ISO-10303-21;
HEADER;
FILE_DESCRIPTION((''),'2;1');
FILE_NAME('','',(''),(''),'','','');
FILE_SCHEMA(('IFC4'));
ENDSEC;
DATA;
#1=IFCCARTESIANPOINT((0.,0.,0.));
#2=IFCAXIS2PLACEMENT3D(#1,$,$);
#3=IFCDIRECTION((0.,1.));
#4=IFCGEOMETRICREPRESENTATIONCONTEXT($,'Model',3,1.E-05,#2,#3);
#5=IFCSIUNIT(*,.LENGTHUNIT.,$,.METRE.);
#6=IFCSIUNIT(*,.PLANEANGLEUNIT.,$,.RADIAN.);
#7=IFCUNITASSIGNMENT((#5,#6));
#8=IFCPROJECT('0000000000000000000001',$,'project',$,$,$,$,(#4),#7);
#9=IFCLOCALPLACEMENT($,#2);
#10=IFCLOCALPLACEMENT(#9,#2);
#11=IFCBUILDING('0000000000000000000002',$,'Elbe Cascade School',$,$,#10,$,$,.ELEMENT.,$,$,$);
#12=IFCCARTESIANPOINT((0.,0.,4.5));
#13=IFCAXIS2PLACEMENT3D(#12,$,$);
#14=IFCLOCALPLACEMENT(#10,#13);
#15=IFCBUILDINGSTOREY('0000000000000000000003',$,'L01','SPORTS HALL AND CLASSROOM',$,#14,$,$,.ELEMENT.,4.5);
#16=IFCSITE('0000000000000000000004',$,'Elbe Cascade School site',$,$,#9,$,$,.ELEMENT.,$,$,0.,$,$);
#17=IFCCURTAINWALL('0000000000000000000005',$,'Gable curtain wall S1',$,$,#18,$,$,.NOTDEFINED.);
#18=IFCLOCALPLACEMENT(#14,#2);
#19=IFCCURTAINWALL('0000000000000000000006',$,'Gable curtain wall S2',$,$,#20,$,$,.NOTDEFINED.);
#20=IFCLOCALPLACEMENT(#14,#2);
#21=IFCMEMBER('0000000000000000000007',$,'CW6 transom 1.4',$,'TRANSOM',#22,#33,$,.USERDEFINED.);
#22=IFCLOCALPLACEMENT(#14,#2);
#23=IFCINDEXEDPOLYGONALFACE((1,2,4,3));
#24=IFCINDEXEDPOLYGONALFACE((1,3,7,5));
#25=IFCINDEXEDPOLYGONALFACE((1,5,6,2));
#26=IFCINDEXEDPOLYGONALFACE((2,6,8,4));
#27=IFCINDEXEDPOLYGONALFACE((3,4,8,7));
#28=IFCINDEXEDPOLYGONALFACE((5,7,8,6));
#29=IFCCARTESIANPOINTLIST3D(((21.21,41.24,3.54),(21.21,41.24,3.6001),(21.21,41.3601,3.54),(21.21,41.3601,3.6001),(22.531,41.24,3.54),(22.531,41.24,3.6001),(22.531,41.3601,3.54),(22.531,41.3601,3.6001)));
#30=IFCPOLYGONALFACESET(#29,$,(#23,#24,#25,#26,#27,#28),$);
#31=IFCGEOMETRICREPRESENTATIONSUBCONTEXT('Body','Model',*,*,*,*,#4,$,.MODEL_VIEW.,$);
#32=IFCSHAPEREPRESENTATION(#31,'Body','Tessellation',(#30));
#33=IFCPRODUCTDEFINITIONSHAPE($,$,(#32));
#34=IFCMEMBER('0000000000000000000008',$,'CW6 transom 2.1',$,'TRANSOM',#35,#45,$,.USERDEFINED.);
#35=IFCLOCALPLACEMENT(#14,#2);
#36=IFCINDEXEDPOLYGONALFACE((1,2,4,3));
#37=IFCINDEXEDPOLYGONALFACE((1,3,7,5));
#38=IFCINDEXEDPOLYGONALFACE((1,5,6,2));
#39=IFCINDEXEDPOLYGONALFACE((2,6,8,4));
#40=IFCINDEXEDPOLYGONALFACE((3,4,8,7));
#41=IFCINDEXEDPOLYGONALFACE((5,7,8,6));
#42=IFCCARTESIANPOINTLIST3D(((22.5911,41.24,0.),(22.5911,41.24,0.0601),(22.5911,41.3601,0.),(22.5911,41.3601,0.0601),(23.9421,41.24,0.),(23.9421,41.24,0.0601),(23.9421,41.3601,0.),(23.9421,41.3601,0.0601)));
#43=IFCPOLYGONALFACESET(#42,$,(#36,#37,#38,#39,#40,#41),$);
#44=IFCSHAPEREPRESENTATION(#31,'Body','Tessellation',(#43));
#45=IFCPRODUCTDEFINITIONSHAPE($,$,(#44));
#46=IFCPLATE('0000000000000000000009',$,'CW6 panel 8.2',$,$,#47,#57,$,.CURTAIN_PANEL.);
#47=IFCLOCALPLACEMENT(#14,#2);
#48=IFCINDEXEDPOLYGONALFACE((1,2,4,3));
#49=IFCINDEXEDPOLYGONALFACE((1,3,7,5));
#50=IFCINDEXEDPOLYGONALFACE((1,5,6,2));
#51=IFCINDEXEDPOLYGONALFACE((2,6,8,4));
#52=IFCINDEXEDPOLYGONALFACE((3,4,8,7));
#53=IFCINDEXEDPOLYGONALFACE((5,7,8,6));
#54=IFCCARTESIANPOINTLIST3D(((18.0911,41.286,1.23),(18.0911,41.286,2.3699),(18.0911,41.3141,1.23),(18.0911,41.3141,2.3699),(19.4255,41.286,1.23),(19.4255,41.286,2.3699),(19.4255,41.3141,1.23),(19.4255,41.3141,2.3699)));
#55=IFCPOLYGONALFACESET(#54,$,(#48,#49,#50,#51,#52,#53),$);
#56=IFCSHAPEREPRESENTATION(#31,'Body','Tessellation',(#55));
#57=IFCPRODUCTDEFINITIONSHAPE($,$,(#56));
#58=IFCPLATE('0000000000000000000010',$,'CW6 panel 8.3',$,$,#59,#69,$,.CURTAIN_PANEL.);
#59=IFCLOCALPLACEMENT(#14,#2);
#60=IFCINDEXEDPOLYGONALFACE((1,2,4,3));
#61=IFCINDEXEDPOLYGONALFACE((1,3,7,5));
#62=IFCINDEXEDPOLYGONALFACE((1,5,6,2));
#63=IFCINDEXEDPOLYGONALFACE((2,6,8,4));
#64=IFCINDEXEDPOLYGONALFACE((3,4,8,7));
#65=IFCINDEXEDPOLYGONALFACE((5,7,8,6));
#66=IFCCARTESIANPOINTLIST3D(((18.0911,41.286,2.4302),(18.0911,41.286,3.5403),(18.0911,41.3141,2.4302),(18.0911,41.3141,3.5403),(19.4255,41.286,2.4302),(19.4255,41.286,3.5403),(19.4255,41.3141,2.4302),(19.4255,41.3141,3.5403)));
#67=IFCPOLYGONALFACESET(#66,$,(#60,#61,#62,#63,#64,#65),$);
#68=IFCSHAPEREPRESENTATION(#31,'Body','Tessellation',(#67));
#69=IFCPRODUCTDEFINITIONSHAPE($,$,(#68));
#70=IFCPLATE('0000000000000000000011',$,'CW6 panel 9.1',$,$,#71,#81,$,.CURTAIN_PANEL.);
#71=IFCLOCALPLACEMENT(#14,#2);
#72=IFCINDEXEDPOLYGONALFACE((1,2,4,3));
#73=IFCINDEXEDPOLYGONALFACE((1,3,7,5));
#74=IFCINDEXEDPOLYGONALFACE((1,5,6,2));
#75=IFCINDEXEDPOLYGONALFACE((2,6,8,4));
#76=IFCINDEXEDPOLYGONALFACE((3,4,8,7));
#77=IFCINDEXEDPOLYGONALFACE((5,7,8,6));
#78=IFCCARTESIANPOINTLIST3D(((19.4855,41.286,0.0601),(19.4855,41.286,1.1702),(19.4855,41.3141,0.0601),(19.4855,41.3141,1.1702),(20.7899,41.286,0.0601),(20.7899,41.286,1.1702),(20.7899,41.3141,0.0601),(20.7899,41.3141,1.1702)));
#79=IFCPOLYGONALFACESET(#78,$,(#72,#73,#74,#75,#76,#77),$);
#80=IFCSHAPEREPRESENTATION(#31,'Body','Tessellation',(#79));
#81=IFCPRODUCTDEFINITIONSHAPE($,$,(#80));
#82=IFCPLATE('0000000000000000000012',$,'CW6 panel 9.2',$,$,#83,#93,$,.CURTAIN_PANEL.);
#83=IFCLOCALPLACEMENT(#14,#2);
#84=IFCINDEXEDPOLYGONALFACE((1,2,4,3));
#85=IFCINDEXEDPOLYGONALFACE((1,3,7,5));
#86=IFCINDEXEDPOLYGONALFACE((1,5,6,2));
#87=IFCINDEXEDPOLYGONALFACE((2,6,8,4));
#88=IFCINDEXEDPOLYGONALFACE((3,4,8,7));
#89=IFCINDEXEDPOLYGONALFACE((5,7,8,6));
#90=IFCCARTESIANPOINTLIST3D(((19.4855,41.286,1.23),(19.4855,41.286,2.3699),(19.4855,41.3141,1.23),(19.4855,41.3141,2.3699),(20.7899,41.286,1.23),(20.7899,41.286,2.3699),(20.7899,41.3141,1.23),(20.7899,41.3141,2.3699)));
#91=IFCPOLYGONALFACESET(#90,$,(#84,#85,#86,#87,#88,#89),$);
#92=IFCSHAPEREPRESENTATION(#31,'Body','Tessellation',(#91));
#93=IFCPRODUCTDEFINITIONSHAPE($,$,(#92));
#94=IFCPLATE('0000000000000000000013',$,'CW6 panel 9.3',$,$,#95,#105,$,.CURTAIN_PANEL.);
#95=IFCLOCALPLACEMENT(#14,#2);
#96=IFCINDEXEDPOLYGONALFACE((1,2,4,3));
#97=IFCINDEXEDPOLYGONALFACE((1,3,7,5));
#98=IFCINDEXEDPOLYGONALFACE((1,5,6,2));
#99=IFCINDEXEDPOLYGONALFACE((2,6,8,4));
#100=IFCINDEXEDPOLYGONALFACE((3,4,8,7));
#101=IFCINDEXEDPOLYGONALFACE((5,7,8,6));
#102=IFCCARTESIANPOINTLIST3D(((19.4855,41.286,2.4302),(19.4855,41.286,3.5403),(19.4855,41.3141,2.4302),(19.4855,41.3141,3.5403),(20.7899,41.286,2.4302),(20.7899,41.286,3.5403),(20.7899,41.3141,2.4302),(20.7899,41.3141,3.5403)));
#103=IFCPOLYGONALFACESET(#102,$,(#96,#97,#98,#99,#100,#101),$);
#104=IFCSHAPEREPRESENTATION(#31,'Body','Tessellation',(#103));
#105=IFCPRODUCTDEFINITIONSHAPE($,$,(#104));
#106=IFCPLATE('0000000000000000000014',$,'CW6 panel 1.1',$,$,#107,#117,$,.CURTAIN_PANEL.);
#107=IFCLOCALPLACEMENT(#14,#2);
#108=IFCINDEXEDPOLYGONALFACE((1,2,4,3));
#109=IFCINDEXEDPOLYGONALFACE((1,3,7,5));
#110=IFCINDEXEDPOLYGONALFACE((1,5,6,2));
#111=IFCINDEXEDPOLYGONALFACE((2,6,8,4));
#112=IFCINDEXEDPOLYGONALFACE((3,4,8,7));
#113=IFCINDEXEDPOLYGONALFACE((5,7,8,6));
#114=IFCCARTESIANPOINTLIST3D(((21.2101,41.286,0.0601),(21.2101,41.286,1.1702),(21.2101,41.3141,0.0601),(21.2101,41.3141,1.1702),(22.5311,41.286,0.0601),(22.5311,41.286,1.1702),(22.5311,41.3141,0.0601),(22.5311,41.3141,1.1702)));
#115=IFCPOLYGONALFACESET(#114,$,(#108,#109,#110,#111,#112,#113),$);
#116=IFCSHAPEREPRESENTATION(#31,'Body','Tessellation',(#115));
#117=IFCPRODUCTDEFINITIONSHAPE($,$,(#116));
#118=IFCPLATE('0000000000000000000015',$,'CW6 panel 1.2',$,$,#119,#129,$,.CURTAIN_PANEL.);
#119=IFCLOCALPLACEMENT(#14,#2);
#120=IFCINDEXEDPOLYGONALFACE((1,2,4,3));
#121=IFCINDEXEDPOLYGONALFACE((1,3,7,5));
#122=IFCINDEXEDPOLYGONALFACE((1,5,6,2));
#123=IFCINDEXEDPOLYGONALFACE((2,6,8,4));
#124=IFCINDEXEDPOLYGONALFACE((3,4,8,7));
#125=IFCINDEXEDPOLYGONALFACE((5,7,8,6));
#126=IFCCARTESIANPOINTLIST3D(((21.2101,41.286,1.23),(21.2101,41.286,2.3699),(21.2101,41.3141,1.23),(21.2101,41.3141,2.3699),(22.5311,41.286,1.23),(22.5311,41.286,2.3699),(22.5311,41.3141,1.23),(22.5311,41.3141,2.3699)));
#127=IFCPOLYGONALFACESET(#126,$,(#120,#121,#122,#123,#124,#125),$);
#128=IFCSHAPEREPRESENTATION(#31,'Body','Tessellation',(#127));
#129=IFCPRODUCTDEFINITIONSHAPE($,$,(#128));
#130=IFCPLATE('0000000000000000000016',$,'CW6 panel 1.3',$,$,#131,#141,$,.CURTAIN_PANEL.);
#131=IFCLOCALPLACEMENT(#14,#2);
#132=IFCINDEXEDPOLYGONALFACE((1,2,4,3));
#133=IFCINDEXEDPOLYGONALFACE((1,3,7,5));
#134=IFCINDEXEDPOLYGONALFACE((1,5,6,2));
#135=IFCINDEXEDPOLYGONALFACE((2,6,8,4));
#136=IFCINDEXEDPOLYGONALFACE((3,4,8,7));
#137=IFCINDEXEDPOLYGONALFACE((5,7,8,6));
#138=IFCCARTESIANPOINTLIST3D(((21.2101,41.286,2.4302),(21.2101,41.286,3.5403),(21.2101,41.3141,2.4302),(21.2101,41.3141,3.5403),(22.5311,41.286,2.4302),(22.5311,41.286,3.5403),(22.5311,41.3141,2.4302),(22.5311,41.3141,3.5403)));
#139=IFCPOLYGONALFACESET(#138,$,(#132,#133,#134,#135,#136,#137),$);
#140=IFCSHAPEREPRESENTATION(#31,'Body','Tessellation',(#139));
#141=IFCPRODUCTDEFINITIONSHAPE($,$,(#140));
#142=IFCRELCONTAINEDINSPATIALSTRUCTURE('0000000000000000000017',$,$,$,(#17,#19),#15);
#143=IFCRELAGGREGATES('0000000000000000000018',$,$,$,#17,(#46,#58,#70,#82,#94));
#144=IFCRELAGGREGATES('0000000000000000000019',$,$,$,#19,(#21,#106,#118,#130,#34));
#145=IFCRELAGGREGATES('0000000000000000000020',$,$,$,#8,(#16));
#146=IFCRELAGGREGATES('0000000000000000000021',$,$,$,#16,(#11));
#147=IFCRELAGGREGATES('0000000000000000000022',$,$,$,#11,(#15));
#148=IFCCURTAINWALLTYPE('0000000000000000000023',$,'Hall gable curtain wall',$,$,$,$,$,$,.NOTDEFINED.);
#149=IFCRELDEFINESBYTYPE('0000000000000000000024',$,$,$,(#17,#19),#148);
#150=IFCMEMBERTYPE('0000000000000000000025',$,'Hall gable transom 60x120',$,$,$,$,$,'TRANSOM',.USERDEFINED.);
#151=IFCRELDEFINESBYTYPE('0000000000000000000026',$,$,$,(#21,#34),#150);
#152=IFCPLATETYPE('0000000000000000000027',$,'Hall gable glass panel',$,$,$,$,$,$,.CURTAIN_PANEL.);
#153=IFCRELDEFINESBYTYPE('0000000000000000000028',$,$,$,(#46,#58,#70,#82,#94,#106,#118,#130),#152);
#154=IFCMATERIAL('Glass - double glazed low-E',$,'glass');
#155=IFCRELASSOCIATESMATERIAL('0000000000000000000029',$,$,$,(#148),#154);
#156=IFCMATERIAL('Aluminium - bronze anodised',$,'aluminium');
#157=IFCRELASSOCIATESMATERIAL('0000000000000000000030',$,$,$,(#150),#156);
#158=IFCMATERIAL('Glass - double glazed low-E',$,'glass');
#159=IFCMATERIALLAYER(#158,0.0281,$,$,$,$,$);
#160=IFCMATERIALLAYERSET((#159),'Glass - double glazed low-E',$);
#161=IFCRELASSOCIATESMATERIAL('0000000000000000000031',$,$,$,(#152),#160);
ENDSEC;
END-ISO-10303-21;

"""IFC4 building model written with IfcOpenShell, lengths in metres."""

from ifc_helpers import new_model, si_unit, direction, frame, origin, origin_2d, place, context, subcontext, project, spatial, rectangle, extrude, material, layer, layer_set, material_profile, profile_set, type_object, element, aggregate, save


model = new_model("IFC4")

# Units and contexts
model_context = context("Model", 3, precision=1e-05, world=origin(), true_north=direction((0.0, 1.0)))
body_context = subcontext(model_context, "Body", "Model", "MODEL_VIEW")
ifc_project = project(units=[si_unit("LENGTHUNIT", "METRE"), si_unit("PLANEANGLEUNIT", "RADIAN")], contexts=[model_context])

# Site, building, storey
site_placement = place(None, origin())
site = spatial("IfcSite", under=ifc_project, at=site_placement, Name="Elbe Cascade School site", CompositionType="ELEMENT", RefElevation=0.0)
building_placement = place(site_placement, origin())
building = spatial("IfcBuilding", under=site, at=building_placement, Name="Elbe Cascade School", CompositionType="ELEMENT")
storey_placement = place(building_placement, frame((0.0, 0.0, 4.5)))
storey = spatial("IfcBuildingStorey", under=building, at=storey_placement, Name="L01", Description="SPORTS HALL AND CLASSROOM", CompositionType="ELEMENT", Elevation=4.5)

# Curtain walls
ifc_material_1 = material(Name="Glass - double glazed low-E", Category="glass")
curtain_wall_type = type_object("IfcCurtainWallType", Name="Hall gable curtain wall", PredefinedType="NOTDEFINED", material=ifc_material_1)
curtain_wall_1_placement = place(storey_placement, origin())
curtain_wall_1 = element("IfcCurtainWall", 1, at=curtain_wall_1_placement, inside=storey, type_object=curtain_wall_type, Name="Gable curtain wall S1", PredefinedType="NOTDEFINED")
curtain_wall_2_placement = place(storey_placement, origin())
curtain_wall_2 = element("IfcCurtainWall", 2, at=curtain_wall_2_placement, inside=storey, type_object=curtain_wall_type, Name="Gable curtain wall S2", PredefinedType="NOTDEFINED")

# Members
ifc_material_2 = material(Name="Aluminium - bronze anodised", Category="aluminium")
ifc_material_profile_1 = material_profile(ifc_material_2, rectangle(XDim=0.1201, YDim=0.0601, at=origin_2d()), Name="Alu 60x120")
ifc_profile_set_1 = profile_set([ifc_material_profile_1], Name="Aluminium - bronze anodised")
member_type_1 = type_object("IfcMemberType", Name="Hall gable transom 60x120", ElementType="TRANSOM", PredefinedType="USERDEFINED", material=ifc_profile_set_1)
member_1_placement = place(storey_placement, frame((21.21, 41.3, 3.5701), z_axis=(1.0, 0.0, 0.0), x_axis=(0.0, 1.0, 0.0)))
member_1 = element("IfcMember", 3, at=member_1_placement, type_object=member_type_1, Name="CW6 transom 1.4", ObjectType="TRANSOM", PredefinedType="USERDEFINED", context=body_context, shape_type="SweptSolid", body=[
    extrude(rectangle(XDim=0.1201, YDim=0.0601, at=origin_2d()), origin(), (0.0, 0.0, 1.0), 1.321),
])
member_2_placement = place(storey_placement, frame((22.5911, 41.3, 0.03), z_axis=(1.0, 0.0, 0.0), x_axis=(0.0, 1.0, 0.0)))
member_2 = element("IfcMember", 4, at=member_2_placement, type_object=member_type_1, Name="CW6 transom 2.1", ObjectType="TRANSOM", PredefinedType="USERDEFINED", context=body_context, shape_type="SweptSolid", body=[
    extrude(rectangle(XDim=0.1201, YDim=0.0601, at=origin_2d()), origin(), (0.0, 0.0, 1.0), 1.3511),
])

# Plates
ifc_material_3 = material(Name="Glass - double glazed low-E", Category="glass")
ifc_layer = layer(ifc_material_3, 0.0281)
ifc_layer_set = layer_set([ifc_layer], Name="Glass - double glazed low-E")
plate_type = type_object("IfcPlateType", Name="Hall gable glass panel", PredefinedType="CURTAIN_PANEL", material=ifc_layer_set)
plate_1_placement = place(storey_placement, frame((18.7583, 41.3, 1.23), z_axis=(0.0, 0.0, 1.0), x_axis=(1.0, 0.0, 0.0)))
plate_1 = element("IfcPlate", 5, at=plate_1_placement, type_object=plate_type, Name="CW6 panel 8.2", PredefinedType="CURTAIN_PANEL", context=body_context, shape_type="SweptSolid", body=[
    extrude(rectangle(XDim=1.3345, YDim=0.0281, at=origin_2d()), origin(), (0.0, 0.0, 1.0), 1.1399),
])
plate_2_placement = place(storey_placement, frame((18.7583, 41.3, 2.4302), z_axis=(0.0, 0.0, 1.0), x_axis=(1.0, 0.0, 0.0)))
plate_2 = element("IfcPlate", 6, at=plate_2_placement, type_object=plate_type, Name="CW6 panel 8.3", PredefinedType="CURTAIN_PANEL", context=body_context, shape_type="SweptSolid", body=[
    extrude(rectangle(XDim=1.3345, YDim=0.0281, at=origin_2d()), origin(), (0.0, 0.0, 1.0), 1.1101),
])
plate_3_placement = place(storey_placement, frame((20.1377, 41.3, 0.0601), z_axis=(0.0, 0.0, 1.0), x_axis=(1.0, 0.0, 0.0)))
plate_3 = element("IfcPlate", 7, at=plate_3_placement, type_object=plate_type, Name="CW6 panel 9.1", PredefinedType="CURTAIN_PANEL", context=body_context, shape_type="SweptSolid", body=[
    extrude(rectangle(XDim=1.3044, YDim=0.0281, at=origin_2d()), origin(), (0.0, 0.0, 1.0), 1.1101),
])
plate_4_placement = place(storey_placement, frame((20.1377, 41.3, 1.23), z_axis=(0.0, 0.0, 1.0), x_axis=(1.0, 0.0, 0.0)))
plate_4 = element("IfcPlate", 8, at=plate_4_placement, type_object=plate_type, Name="CW6 panel 9.2", PredefinedType="CURTAIN_PANEL", context=body_context, shape_type="SweptSolid", body=[
    extrude(rectangle(XDim=1.3044, YDim=0.0281, at=origin_2d()), origin(), (0.0, 0.0, 1.0), 1.1399),
])
plate_5_placement = place(storey_placement, frame((20.1377, 41.3, 2.4302), z_axis=(0.0, 0.0, 1.0), x_axis=(1.0, 0.0, 0.0)))
plate_5 = element("IfcPlate", 9, at=plate_5_placement, type_object=plate_type, Name="CW6 panel 9.3", PredefinedType="CURTAIN_PANEL", context=body_context, shape_type="SweptSolid", body=[
    extrude(rectangle(XDim=1.3044, YDim=0.0281, at=origin_2d()), origin(), (0.0, 0.0, 1.0), 1.1101),
])
aggregate(curtain_wall_1, [plate_1, plate_2, plate_3, plate_4, plate_5])
plate_6_placement = place(storey_placement, frame((21.8706, 41.3, 0.0601), z_axis=(0.0, 0.0, 1.0), x_axis=(1.0, 0.0, 0.0)))
plate_6 = element("IfcPlate", 10, at=plate_6_placement, type_object=plate_type, Name="CW6 panel 1.1", PredefinedType="CURTAIN_PANEL", context=body_context, shape_type="SweptSolid", body=[
    extrude(rectangle(XDim=1.321, YDim=0.0281, at=origin_2d()), origin(), (0.0, 0.0, 1.0), 1.1101),
])
plate_7_placement = place(storey_placement, frame((21.8706, 41.3, 1.23), z_axis=(0.0, 0.0, 1.0), x_axis=(1.0, 0.0, 0.0)))
plate_7 = element("IfcPlate", 11, at=plate_7_placement, type_object=plate_type, Name="CW6 panel 1.2", PredefinedType="CURTAIN_PANEL", context=body_context, shape_type="SweptSolid", body=[
    extrude(rectangle(XDim=1.321, YDim=0.0281, at=origin_2d()), origin(), (0.0, 0.0, 1.0), 1.1399),
])
plate_8_placement = place(storey_placement, frame((21.8706, 41.3, 2.4302), z_axis=(0.0, 0.0, 1.0), x_axis=(1.0, 0.0, 0.0)))
plate_8 = element("IfcPlate", 12, at=plate_8_placement, type_object=plate_type, Name="CW6 panel 1.3", PredefinedType="CURTAIN_PANEL", context=body_context, shape_type="SweptSolid", body=[
    extrude(rectangle(XDim=1.321, YDim=0.0281, at=origin_2d()), origin(), (0.0, 0.0, 1.0), 1.1101),
])
aggregate(curtain_wall_2, [member_1, plate_6, plate_7, plate_8, member_2])

save(model, "model.ifc")
